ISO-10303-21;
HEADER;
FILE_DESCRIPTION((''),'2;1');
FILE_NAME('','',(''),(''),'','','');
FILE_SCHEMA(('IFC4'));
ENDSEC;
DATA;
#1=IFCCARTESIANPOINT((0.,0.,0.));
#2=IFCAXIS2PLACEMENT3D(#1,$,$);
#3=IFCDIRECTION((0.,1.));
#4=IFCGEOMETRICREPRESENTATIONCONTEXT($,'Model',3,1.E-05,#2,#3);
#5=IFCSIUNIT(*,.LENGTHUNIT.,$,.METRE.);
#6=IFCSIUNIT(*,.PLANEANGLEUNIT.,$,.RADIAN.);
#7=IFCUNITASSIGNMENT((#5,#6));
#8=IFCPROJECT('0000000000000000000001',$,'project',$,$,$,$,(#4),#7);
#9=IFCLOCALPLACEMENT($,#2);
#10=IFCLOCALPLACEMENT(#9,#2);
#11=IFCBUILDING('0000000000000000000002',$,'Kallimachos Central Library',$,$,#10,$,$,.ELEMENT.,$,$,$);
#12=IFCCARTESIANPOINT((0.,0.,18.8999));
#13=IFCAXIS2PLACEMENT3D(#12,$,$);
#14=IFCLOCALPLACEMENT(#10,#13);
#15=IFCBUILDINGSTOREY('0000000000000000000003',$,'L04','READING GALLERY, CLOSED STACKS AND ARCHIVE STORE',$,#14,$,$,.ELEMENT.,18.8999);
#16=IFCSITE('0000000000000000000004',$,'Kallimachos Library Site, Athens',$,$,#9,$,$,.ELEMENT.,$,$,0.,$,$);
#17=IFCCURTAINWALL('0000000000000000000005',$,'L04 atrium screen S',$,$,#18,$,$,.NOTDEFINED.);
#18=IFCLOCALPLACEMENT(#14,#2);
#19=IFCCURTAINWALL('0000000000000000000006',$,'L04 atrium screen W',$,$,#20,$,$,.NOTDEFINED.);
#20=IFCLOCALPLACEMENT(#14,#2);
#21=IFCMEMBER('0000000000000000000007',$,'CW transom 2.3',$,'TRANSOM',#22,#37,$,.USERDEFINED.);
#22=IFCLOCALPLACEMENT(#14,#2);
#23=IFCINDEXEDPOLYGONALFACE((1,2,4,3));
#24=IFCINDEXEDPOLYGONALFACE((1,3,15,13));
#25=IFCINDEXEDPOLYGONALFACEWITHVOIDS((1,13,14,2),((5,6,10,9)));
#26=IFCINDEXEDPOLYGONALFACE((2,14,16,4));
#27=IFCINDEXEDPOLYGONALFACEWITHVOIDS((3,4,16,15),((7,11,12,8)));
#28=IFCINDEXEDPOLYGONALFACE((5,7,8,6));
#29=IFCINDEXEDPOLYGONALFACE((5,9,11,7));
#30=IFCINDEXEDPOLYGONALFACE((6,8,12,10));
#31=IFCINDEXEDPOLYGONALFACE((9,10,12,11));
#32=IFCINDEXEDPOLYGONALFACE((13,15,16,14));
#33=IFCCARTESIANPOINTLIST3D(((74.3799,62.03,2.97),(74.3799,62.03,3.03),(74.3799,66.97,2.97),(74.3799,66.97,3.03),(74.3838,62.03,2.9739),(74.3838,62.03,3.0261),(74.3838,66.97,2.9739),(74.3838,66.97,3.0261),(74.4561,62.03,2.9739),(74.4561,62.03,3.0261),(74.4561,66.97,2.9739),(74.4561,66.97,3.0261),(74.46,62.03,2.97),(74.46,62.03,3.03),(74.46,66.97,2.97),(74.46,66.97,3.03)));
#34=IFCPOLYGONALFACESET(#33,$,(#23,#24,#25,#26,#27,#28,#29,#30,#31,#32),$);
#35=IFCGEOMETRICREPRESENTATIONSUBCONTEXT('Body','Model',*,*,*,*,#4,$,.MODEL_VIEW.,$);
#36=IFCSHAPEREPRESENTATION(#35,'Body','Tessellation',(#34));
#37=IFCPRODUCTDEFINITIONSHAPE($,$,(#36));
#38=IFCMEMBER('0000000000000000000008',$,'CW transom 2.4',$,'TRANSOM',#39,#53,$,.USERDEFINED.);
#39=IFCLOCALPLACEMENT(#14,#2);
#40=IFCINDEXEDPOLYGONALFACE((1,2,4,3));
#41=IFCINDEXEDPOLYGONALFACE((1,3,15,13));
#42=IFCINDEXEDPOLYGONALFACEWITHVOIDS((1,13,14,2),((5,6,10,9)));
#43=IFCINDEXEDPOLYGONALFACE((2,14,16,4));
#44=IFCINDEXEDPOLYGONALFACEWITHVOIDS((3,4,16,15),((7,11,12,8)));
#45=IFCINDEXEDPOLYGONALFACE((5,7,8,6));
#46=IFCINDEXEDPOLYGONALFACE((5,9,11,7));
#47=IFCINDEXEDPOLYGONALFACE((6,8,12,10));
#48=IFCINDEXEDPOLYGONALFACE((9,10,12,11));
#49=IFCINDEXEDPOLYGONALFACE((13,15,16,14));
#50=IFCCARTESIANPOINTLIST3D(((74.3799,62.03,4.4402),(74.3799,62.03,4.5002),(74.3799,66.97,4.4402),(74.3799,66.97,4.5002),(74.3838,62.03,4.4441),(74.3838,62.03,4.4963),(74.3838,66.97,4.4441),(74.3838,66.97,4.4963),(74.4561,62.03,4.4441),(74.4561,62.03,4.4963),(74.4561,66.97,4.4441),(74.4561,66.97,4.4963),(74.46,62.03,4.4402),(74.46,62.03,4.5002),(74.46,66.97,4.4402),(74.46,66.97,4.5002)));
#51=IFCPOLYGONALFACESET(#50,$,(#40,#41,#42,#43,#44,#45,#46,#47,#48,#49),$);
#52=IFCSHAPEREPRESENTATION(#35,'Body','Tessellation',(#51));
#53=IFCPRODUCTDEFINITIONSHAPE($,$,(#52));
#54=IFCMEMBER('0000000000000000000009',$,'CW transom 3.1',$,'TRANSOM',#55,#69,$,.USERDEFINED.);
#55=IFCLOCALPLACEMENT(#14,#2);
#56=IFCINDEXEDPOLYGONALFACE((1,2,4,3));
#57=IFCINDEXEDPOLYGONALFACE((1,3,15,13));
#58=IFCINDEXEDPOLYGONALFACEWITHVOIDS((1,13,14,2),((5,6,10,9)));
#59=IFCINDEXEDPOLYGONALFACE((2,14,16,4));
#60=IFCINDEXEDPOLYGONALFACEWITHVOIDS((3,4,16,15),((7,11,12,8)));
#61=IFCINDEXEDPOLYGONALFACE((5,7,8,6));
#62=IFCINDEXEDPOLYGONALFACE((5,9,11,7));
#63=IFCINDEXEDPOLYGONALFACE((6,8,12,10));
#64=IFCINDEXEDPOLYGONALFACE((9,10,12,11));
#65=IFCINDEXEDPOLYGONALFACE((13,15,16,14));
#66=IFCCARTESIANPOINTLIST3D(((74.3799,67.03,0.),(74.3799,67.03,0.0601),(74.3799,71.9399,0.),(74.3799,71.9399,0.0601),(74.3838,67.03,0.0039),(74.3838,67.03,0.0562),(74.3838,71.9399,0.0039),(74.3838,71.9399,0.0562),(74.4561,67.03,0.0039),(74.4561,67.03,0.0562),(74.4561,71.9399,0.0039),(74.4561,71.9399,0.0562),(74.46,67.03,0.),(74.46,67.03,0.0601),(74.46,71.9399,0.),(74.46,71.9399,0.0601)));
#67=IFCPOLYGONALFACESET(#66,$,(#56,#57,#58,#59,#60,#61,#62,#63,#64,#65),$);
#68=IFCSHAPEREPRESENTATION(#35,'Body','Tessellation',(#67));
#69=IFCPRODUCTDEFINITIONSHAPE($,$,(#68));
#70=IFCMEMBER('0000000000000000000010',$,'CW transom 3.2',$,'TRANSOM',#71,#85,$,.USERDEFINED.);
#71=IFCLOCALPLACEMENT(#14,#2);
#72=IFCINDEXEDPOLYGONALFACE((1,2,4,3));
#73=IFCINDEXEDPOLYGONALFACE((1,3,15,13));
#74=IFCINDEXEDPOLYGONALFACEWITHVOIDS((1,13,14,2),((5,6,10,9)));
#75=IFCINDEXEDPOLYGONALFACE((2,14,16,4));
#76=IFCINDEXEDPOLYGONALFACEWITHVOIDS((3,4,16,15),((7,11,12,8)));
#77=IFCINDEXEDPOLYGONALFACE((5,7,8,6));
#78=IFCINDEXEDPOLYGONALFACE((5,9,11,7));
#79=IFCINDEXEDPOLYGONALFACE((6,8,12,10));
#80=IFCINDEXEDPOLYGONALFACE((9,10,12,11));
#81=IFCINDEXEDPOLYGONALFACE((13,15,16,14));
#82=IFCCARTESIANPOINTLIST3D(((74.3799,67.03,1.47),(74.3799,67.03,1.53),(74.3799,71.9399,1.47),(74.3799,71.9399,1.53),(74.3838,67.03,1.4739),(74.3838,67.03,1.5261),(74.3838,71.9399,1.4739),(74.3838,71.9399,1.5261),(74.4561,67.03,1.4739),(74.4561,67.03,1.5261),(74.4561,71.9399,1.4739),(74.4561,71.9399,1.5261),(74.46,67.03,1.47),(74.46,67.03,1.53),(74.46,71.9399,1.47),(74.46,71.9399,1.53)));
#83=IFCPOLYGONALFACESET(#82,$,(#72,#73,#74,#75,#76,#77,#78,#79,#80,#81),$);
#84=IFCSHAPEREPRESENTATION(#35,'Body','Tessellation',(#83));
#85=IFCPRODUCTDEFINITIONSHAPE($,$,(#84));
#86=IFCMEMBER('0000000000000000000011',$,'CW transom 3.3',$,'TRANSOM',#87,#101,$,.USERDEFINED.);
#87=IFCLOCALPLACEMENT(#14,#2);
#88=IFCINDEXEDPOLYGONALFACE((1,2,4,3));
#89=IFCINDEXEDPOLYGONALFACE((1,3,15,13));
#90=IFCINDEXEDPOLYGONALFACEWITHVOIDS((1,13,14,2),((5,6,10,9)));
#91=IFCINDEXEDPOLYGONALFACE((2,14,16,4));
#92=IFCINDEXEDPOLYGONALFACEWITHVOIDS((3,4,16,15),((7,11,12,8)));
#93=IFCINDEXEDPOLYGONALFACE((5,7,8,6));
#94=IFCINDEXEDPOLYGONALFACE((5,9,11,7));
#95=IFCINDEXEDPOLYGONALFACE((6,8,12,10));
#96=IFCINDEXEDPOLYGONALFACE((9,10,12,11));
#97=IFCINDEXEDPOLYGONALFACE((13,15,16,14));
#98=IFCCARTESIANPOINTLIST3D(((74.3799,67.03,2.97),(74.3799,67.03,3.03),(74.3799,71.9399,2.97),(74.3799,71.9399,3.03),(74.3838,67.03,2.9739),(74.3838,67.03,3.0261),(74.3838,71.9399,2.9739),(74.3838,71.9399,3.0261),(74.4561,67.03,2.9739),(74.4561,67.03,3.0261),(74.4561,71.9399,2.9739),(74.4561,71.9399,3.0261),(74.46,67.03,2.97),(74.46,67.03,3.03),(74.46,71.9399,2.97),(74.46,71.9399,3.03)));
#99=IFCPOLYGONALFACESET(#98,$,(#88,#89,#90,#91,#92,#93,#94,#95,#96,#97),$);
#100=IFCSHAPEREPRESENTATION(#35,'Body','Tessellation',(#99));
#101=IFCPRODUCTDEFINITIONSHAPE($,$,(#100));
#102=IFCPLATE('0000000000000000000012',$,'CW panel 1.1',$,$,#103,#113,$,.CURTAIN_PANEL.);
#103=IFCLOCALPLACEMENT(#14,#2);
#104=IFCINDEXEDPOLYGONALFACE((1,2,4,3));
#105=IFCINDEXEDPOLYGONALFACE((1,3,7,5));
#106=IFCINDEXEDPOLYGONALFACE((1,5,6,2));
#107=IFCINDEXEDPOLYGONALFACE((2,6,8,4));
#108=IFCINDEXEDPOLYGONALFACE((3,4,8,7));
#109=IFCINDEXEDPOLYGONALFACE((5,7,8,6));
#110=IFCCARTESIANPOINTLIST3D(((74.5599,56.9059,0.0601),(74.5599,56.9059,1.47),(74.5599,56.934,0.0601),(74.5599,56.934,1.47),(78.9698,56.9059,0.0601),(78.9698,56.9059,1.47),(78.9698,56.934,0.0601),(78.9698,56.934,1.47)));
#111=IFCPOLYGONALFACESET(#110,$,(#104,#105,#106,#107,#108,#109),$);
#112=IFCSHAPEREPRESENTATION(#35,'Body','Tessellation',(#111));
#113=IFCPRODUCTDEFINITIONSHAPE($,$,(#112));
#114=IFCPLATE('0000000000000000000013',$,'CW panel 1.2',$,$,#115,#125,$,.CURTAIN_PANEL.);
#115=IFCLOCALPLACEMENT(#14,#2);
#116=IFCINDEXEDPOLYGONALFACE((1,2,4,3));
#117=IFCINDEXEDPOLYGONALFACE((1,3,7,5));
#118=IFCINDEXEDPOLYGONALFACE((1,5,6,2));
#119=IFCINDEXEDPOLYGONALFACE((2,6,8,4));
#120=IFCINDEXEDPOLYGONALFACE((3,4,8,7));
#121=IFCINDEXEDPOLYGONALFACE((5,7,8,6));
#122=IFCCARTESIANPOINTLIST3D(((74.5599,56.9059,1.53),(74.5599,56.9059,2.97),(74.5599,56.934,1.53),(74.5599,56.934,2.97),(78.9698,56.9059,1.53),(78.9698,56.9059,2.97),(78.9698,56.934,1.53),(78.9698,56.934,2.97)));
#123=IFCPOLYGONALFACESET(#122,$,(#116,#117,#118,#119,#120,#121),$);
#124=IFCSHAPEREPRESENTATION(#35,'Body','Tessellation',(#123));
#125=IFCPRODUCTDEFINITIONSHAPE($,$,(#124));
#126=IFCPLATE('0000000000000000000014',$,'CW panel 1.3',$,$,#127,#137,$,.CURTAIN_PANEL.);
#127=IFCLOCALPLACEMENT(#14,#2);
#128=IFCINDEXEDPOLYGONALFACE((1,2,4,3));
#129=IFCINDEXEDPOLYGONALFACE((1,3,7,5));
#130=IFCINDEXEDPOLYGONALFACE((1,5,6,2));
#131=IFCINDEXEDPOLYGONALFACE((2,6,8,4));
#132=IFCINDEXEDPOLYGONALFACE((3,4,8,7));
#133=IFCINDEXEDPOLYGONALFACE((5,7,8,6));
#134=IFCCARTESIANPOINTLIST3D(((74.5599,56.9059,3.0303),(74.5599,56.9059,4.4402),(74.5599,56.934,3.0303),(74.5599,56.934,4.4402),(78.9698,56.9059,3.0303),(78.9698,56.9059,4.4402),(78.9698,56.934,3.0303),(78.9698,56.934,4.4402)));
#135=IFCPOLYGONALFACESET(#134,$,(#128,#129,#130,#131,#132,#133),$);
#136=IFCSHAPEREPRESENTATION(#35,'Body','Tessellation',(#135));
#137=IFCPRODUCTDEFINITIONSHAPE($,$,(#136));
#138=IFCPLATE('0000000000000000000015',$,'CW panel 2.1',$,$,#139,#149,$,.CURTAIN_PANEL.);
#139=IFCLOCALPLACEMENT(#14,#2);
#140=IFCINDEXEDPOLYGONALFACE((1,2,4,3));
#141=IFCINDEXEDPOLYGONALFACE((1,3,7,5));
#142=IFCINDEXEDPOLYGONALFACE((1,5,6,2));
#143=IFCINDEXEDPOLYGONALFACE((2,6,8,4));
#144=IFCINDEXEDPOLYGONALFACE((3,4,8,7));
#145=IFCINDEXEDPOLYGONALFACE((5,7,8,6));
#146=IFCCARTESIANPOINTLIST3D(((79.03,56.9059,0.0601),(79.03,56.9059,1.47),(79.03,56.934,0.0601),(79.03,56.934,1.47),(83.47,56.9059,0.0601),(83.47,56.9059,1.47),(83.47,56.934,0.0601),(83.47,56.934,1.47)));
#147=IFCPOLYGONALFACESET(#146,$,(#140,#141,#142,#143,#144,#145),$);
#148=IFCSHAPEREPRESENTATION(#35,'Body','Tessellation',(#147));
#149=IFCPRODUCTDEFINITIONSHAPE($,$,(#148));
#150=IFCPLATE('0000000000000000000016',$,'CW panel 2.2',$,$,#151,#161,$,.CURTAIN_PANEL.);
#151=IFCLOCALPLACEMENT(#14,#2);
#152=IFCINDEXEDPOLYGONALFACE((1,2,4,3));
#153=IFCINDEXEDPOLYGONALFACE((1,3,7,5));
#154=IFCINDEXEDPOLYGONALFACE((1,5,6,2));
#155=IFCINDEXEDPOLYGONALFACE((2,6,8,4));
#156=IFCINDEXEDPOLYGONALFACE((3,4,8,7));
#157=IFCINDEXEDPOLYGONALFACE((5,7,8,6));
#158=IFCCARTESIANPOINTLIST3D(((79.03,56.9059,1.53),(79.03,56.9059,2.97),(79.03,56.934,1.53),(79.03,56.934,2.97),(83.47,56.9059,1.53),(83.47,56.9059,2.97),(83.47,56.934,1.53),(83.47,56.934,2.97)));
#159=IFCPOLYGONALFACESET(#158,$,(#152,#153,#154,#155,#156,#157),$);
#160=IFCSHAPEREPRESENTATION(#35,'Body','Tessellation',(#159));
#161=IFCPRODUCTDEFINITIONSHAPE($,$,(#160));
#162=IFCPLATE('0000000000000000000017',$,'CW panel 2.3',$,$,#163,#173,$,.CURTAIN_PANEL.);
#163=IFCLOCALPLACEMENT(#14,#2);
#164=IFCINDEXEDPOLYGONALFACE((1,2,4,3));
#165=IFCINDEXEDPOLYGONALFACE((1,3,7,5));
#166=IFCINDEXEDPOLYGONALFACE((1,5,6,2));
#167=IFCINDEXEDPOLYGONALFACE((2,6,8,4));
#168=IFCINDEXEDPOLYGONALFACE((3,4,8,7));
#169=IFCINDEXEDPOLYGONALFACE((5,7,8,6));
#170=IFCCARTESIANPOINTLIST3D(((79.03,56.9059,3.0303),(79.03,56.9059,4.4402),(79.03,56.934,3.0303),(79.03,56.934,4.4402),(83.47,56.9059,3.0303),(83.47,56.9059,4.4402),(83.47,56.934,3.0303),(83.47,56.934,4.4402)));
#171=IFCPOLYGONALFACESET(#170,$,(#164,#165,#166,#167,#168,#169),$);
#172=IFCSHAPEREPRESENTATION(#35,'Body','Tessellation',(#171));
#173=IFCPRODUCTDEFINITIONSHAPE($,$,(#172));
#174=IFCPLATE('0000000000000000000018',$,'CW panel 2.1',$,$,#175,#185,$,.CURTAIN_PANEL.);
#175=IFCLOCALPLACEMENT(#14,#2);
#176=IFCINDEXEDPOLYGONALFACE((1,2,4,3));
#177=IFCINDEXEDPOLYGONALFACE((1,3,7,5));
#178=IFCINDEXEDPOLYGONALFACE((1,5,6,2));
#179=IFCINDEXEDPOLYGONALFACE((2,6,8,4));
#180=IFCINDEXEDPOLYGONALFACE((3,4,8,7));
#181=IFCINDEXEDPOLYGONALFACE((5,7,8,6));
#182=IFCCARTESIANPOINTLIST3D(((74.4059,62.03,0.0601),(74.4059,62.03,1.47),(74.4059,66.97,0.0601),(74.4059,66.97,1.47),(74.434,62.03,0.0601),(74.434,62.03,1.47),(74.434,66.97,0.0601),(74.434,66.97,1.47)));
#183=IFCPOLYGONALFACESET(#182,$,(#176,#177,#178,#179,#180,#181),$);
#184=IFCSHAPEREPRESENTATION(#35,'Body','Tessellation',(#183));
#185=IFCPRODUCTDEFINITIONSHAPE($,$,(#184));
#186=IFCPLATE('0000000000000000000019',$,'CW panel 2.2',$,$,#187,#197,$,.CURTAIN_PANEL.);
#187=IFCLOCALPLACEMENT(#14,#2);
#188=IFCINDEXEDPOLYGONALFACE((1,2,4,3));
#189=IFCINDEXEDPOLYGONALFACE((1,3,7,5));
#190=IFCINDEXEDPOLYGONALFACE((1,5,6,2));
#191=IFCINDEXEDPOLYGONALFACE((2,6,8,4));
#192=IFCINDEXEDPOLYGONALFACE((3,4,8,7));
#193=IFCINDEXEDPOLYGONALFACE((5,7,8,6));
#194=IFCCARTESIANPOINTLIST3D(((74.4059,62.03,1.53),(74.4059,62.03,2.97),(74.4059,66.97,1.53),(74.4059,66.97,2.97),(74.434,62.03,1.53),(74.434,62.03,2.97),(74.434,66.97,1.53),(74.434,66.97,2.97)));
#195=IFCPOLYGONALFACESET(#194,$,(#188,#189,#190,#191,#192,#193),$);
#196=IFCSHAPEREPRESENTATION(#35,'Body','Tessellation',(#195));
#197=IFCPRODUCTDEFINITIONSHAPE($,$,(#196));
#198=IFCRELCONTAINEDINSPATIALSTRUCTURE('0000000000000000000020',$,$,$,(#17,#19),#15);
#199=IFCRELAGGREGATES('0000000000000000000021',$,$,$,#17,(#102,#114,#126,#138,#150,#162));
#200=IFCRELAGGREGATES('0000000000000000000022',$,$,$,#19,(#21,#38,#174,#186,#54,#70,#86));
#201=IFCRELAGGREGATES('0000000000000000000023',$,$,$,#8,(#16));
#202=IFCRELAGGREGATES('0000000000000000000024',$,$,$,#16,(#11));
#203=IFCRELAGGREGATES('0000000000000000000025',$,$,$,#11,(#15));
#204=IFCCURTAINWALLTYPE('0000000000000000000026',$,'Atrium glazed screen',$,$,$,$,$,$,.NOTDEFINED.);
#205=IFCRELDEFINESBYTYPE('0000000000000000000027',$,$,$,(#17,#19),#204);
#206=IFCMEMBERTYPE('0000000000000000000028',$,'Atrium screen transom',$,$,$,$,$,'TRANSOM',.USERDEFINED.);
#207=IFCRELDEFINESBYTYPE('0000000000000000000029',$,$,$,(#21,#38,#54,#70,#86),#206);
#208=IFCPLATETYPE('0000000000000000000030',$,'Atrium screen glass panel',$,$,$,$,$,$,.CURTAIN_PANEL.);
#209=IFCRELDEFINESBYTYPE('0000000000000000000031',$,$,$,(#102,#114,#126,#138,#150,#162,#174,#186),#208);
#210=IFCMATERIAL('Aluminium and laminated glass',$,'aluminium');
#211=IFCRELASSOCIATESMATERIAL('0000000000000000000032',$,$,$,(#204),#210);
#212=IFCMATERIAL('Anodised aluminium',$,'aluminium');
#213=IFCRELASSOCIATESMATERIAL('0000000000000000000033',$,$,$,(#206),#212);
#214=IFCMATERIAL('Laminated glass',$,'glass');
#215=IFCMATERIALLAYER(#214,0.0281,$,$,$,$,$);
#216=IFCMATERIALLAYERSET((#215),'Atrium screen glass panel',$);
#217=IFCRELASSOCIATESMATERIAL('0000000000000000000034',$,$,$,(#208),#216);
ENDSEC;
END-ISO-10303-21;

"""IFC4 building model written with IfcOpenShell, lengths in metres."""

from ifc_helpers import new_model, si_unit, direction, frame, origin, origin_2d, place, context, subcontext, project, spatial, rectangle, hollow_rectangle, extrude, material, layer, layer_set, material_profile, profile_set, type_object, element, aggregate, save


model = new_model("IFC4")

# Units and contexts
model_context = context("Model", 3, precision=1e-05, world=origin(), true_north=direction((0.0, 1.0)))
body_context = subcontext(model_context, "Body", "Model", "MODEL_VIEW")
ifc_project = project(units=[si_unit("LENGTHUNIT", "METRE"), si_unit("PLANEANGLEUNIT", "RADIAN")], contexts=[model_context])

# Site, building, storey
site_placement = place(None, origin())
site = spatial("IfcSite", under=ifc_project, at=site_placement, Name="Kallimachos Library Site, Athens", CompositionType="ELEMENT", RefElevation=0.0)
building_placement = place(site_placement, origin())
building = spatial("IfcBuilding", under=site, at=building_placement, Name="Kallimachos Central Library", CompositionType="ELEMENT")
storey_placement = place(building_placement, frame((0.0, 0.0, 18.8999)))
storey = spatial("IfcBuildingStorey", under=building, at=storey_placement, Name="L04", Description="READING GALLERY, CLOSED STACKS AND ARCHIVE STORE", CompositionType="ELEMENT", Elevation=18.8999)

# Curtain walls
ifc_material_1 = material(Name="Aluminium and laminated glass", Category="aluminium")
curtain_wall_type = type_object("IfcCurtainWallType", Name="Atrium glazed screen", PredefinedType="NOTDEFINED", material=ifc_material_1)
curtain_wall_1_placement = place(storey_placement, origin())
curtain_wall_1 = element("IfcCurtainWall", 1, at=curtain_wall_1_placement, inside=storey, type_object=curtain_wall_type, Name="L04 atrium screen S", PredefinedType="NOTDEFINED")
curtain_wall_2_placement = place(storey_placement, origin())
curtain_wall_2 = element("IfcCurtainWall", 2, at=curtain_wall_2_placement, inside=storey, type_object=curtain_wall_type, Name="L04 atrium screen W", PredefinedType="NOTDEFINED")

# Members
ifc_material_2 = material(Name="Anodised aluminium", Category="aluminium")
ifc_material_profile_1 = material_profile(ifc_material_2, hollow_rectangle(XDim=0.0601, YDim=0.0801, WallThickness=0.0039, at=origin_2d()), Name="ALU TRANSOM 60x80")
ifc_profile_set_1 = profile_set([ifc_material_profile_1], Name="Anodised aluminium")
member_type_1 = type_object("IfcMemberType", Name="Atrium screen transom", ElementType="TRANSOM", PredefinedType="USERDEFINED", material=ifc_profile_set_1)
member_1_placement = place(storey_placement, frame((74.4199, 62.03, 3.0), z_axis=(0.0, 1.0, 0.0), x_axis=(0.0, 0.0, 1.0)))
member_1 = element("IfcMember", 3, at=member_1_placement, type_object=member_type_1, Name="CW transom 2.3", ObjectType="TRANSOM", PredefinedType="USERDEFINED", context=body_context, shape_type="SweptSolid", body=[
    extrude(hollow_rectangle(XDim=0.0601, YDim=0.0801, WallThickness=0.0039, at=origin_2d()), origin(), (0.0, 0.0, 1.0), 4.9399),
])
member_2_placement = place(storey_placement, frame((74.4199, 62.03, 4.4702), z_axis=(0.0, 1.0, 0.0), x_axis=(0.0, 0.0, 1.0)))
member_2 = element("IfcMember", 4, at=member_2_placement, type_object=member_type_1, Name="CW transom 2.4", ObjectType="TRANSOM", PredefinedType="USERDEFINED", context=body_context, shape_type="SweptSolid", body=[
    extrude(hollow_rectangle(XDim=0.0601, YDim=0.0801, WallThickness=0.0039, at=origin_2d()), origin(), (0.0, 0.0, 1.0), 4.9399),
])
member_3_placement = place(storey_placement, frame((74.4199, 67.03, 0.03), z_axis=(0.0, 1.0, 0.0), x_axis=(0.0, 0.0, 1.0)))
member_3 = element("IfcMember", 5, at=member_3_placement, type_object=member_type_1, Name="CW transom 3.1", ObjectType="TRANSOM", PredefinedType="USERDEFINED", context=body_context, shape_type="SweptSolid", body=[
    extrude(hollow_rectangle(XDim=0.0601, YDim=0.0801, WallThickness=0.0039, at=origin_2d()), origin(), (0.0, 0.0, 1.0), 4.9099),
])
member_4_placement = place(storey_placement, frame((74.4199, 67.03, 1.5), z_axis=(0.0, 1.0, 0.0), x_axis=(0.0, 0.0, 1.0)))
member_4 = element("IfcMember", 6, at=member_4_placement, type_object=member_type_1, Name="CW transom 3.2", ObjectType="TRANSOM", PredefinedType="USERDEFINED", context=body_context, shape_type="SweptSolid", body=[
    extrude(hollow_rectangle(XDim=0.0601, YDim=0.0801, WallThickness=0.0039, at=origin_2d()), origin(), (0.0, 0.0, 1.0), 4.9099),
])
member_5_placement = place(storey_placement, frame((74.4199, 67.03, 3.0), z_axis=(0.0, 1.0, 0.0), x_axis=(0.0, 0.0, 1.0)))
member_5 = element("IfcMember", 7, at=member_5_placement, type_object=member_type_1, Name="CW transom 3.3", ObjectType="TRANSOM", PredefinedType="USERDEFINED", context=body_context, shape_type="SweptSolid", body=[
    extrude(hollow_rectangle(XDim=0.0601, YDim=0.0801, WallThickness=0.0039, at=origin_2d()), origin(), (0.0, 0.0, 1.0), 4.9099),
])

# Plates
ifc_material_3 = material(Name="Laminated glass", Category="glass")
ifc_layer = layer(ifc_material_3, 0.0281)
ifc_layer_set = layer_set([ifc_layer], Name="Atrium screen glass panel")
plate_type = type_object("IfcPlateType", Name="Atrium screen glass panel", PredefinedType="CURTAIN_PANEL", material=ifc_layer_set)
plate_1_placement = place(storey_placement, frame((76.7649, 56.9199, 0.0601), z_axis=(0.0, 0.0, 1.0), x_axis=(1.0, 0.0, 0.0)))
plate_1 = element("IfcPlate", 8, at=plate_1_placement, type_object=plate_type, Name="CW panel 1.1", PredefinedType="CURTAIN_PANEL", context=body_context, shape_type="SweptSolid", body=[
    extrude(rectangle(XDim=4.4099, YDim=0.0281, at=origin_2d()), origin(), (0.0, 0.0, 1.0), 1.4099),
])
plate_2_placement = place(storey_placement, frame((76.7649, 56.9199, 1.53), z_axis=(0.0, 0.0, 1.0), x_axis=(1.0, 0.0, 0.0)))
plate_2 = element("IfcPlate", 9, at=plate_2_placement, type_object=plate_type, Name="CW panel 1.2", PredefinedType="CURTAIN_PANEL", context=body_context, shape_type="SweptSolid", body=[
    extrude(rectangle(XDim=4.4099, YDim=0.0281, at=origin_2d()), origin(), (0.0, 0.0, 1.0), 1.4399),
])
plate_3_placement = place(storey_placement, frame((76.7649, 56.9199, 3.0303), z_axis=(0.0, 0.0, 1.0), x_axis=(1.0, 0.0, 0.0)))
plate_3 = element("IfcPlate", 10, at=plate_3_placement, type_object=plate_type, Name="CW panel 1.3", PredefinedType="CURTAIN_PANEL", context=body_context, shape_type="SweptSolid", body=[
    extrude(rectangle(XDim=4.4099, YDim=0.0281, at=origin_2d()), origin(), (0.0, 0.0, 1.0), 1.4099),
])
plate_4_placement = place(storey_placement, frame((81.25, 56.9199, 0.0601), z_axis=(0.0, 0.0, 1.0), x_axis=(1.0, 0.0, 0.0)))
plate_4 = element("IfcPlate", 11, at=plate_4_placement, type_object=plate_type, Name="CW panel 2.1", PredefinedType="CURTAIN_PANEL", context=body_context, shape_type="SweptSolid", body=[
    extrude(rectangle(XDim=4.4399, YDim=0.0281, at=origin_2d()), origin(), (0.0, 0.0, 1.0), 1.4099),
])
plate_5_placement = place(storey_placement, frame((81.25, 56.9199, 1.53), z_axis=(0.0, 0.0, 1.0), x_axis=(1.0, 0.0, 0.0)))
plate_5 = element("IfcPlate", 12, at=plate_5_placement, type_object=plate_type, Name="CW panel 2.2", PredefinedType="CURTAIN_PANEL", context=body_context, shape_type="SweptSolid", body=[
    extrude(rectangle(XDim=4.4399, YDim=0.0281, at=origin_2d()), origin(), (0.0, 0.0, 1.0), 1.4399),
])
plate_6_placement = place(storey_placement, frame((81.25, 56.9199, 3.0303), z_axis=(0.0, 0.0, 1.0), x_axis=(1.0, 0.0, 0.0)))
plate_6 = element("IfcPlate", 13, at=plate_6_placement, type_object=plate_type, Name="CW panel 2.3", PredefinedType="CURTAIN_PANEL", context=body_context, shape_type="SweptSolid", body=[
    extrude(rectangle(XDim=4.4399, YDim=0.0281, at=origin_2d()), origin(), (0.0, 0.0, 1.0), 1.4099),
])
aggregate(curtain_wall_1, [plate_1, plate_2, plate_3, plate_4, plate_5, plate_6])
plate_7_placement = place(storey_placement, frame((74.4199, 64.5, 0.0601), z_axis=(0.0, 0.0, 1.0), x_axis=(0.0, 1.0, 0.0)))
plate_7 = element("IfcPlate", 14, at=plate_7_placement, type_object=plate_type, Name="CW panel 2.1", PredefinedType="CURTAIN_PANEL", context=body_context, shape_type="SweptSolid", body=[
    extrude(rectangle(XDim=4.9399, YDim=0.0281, at=origin_2d()), origin(), (0.0, 0.0, 1.0), 1.4099),
])
plate_8_placement = place(storey_placement, frame((74.4199, 64.5, 1.53), z_axis=(0.0, 0.0, 1.0), x_axis=(0.0, 1.0, 0.0)))
plate_8 = element("IfcPlate", 15, at=plate_8_placement, type_object=plate_type, Name="CW panel 2.2", PredefinedType="CURTAIN_PANEL", context=body_context, shape_type="SweptSolid", body=[
    extrude(rectangle(XDim=4.9399, YDim=0.0281, at=origin_2d()), origin(), (0.0, 0.0, 1.0), 1.4399),
])
aggregate(curtain_wall_2, [member_1, member_2, plate_7, plate_8, member_3, member_4, member_5])

save(model, "model.ifc")
